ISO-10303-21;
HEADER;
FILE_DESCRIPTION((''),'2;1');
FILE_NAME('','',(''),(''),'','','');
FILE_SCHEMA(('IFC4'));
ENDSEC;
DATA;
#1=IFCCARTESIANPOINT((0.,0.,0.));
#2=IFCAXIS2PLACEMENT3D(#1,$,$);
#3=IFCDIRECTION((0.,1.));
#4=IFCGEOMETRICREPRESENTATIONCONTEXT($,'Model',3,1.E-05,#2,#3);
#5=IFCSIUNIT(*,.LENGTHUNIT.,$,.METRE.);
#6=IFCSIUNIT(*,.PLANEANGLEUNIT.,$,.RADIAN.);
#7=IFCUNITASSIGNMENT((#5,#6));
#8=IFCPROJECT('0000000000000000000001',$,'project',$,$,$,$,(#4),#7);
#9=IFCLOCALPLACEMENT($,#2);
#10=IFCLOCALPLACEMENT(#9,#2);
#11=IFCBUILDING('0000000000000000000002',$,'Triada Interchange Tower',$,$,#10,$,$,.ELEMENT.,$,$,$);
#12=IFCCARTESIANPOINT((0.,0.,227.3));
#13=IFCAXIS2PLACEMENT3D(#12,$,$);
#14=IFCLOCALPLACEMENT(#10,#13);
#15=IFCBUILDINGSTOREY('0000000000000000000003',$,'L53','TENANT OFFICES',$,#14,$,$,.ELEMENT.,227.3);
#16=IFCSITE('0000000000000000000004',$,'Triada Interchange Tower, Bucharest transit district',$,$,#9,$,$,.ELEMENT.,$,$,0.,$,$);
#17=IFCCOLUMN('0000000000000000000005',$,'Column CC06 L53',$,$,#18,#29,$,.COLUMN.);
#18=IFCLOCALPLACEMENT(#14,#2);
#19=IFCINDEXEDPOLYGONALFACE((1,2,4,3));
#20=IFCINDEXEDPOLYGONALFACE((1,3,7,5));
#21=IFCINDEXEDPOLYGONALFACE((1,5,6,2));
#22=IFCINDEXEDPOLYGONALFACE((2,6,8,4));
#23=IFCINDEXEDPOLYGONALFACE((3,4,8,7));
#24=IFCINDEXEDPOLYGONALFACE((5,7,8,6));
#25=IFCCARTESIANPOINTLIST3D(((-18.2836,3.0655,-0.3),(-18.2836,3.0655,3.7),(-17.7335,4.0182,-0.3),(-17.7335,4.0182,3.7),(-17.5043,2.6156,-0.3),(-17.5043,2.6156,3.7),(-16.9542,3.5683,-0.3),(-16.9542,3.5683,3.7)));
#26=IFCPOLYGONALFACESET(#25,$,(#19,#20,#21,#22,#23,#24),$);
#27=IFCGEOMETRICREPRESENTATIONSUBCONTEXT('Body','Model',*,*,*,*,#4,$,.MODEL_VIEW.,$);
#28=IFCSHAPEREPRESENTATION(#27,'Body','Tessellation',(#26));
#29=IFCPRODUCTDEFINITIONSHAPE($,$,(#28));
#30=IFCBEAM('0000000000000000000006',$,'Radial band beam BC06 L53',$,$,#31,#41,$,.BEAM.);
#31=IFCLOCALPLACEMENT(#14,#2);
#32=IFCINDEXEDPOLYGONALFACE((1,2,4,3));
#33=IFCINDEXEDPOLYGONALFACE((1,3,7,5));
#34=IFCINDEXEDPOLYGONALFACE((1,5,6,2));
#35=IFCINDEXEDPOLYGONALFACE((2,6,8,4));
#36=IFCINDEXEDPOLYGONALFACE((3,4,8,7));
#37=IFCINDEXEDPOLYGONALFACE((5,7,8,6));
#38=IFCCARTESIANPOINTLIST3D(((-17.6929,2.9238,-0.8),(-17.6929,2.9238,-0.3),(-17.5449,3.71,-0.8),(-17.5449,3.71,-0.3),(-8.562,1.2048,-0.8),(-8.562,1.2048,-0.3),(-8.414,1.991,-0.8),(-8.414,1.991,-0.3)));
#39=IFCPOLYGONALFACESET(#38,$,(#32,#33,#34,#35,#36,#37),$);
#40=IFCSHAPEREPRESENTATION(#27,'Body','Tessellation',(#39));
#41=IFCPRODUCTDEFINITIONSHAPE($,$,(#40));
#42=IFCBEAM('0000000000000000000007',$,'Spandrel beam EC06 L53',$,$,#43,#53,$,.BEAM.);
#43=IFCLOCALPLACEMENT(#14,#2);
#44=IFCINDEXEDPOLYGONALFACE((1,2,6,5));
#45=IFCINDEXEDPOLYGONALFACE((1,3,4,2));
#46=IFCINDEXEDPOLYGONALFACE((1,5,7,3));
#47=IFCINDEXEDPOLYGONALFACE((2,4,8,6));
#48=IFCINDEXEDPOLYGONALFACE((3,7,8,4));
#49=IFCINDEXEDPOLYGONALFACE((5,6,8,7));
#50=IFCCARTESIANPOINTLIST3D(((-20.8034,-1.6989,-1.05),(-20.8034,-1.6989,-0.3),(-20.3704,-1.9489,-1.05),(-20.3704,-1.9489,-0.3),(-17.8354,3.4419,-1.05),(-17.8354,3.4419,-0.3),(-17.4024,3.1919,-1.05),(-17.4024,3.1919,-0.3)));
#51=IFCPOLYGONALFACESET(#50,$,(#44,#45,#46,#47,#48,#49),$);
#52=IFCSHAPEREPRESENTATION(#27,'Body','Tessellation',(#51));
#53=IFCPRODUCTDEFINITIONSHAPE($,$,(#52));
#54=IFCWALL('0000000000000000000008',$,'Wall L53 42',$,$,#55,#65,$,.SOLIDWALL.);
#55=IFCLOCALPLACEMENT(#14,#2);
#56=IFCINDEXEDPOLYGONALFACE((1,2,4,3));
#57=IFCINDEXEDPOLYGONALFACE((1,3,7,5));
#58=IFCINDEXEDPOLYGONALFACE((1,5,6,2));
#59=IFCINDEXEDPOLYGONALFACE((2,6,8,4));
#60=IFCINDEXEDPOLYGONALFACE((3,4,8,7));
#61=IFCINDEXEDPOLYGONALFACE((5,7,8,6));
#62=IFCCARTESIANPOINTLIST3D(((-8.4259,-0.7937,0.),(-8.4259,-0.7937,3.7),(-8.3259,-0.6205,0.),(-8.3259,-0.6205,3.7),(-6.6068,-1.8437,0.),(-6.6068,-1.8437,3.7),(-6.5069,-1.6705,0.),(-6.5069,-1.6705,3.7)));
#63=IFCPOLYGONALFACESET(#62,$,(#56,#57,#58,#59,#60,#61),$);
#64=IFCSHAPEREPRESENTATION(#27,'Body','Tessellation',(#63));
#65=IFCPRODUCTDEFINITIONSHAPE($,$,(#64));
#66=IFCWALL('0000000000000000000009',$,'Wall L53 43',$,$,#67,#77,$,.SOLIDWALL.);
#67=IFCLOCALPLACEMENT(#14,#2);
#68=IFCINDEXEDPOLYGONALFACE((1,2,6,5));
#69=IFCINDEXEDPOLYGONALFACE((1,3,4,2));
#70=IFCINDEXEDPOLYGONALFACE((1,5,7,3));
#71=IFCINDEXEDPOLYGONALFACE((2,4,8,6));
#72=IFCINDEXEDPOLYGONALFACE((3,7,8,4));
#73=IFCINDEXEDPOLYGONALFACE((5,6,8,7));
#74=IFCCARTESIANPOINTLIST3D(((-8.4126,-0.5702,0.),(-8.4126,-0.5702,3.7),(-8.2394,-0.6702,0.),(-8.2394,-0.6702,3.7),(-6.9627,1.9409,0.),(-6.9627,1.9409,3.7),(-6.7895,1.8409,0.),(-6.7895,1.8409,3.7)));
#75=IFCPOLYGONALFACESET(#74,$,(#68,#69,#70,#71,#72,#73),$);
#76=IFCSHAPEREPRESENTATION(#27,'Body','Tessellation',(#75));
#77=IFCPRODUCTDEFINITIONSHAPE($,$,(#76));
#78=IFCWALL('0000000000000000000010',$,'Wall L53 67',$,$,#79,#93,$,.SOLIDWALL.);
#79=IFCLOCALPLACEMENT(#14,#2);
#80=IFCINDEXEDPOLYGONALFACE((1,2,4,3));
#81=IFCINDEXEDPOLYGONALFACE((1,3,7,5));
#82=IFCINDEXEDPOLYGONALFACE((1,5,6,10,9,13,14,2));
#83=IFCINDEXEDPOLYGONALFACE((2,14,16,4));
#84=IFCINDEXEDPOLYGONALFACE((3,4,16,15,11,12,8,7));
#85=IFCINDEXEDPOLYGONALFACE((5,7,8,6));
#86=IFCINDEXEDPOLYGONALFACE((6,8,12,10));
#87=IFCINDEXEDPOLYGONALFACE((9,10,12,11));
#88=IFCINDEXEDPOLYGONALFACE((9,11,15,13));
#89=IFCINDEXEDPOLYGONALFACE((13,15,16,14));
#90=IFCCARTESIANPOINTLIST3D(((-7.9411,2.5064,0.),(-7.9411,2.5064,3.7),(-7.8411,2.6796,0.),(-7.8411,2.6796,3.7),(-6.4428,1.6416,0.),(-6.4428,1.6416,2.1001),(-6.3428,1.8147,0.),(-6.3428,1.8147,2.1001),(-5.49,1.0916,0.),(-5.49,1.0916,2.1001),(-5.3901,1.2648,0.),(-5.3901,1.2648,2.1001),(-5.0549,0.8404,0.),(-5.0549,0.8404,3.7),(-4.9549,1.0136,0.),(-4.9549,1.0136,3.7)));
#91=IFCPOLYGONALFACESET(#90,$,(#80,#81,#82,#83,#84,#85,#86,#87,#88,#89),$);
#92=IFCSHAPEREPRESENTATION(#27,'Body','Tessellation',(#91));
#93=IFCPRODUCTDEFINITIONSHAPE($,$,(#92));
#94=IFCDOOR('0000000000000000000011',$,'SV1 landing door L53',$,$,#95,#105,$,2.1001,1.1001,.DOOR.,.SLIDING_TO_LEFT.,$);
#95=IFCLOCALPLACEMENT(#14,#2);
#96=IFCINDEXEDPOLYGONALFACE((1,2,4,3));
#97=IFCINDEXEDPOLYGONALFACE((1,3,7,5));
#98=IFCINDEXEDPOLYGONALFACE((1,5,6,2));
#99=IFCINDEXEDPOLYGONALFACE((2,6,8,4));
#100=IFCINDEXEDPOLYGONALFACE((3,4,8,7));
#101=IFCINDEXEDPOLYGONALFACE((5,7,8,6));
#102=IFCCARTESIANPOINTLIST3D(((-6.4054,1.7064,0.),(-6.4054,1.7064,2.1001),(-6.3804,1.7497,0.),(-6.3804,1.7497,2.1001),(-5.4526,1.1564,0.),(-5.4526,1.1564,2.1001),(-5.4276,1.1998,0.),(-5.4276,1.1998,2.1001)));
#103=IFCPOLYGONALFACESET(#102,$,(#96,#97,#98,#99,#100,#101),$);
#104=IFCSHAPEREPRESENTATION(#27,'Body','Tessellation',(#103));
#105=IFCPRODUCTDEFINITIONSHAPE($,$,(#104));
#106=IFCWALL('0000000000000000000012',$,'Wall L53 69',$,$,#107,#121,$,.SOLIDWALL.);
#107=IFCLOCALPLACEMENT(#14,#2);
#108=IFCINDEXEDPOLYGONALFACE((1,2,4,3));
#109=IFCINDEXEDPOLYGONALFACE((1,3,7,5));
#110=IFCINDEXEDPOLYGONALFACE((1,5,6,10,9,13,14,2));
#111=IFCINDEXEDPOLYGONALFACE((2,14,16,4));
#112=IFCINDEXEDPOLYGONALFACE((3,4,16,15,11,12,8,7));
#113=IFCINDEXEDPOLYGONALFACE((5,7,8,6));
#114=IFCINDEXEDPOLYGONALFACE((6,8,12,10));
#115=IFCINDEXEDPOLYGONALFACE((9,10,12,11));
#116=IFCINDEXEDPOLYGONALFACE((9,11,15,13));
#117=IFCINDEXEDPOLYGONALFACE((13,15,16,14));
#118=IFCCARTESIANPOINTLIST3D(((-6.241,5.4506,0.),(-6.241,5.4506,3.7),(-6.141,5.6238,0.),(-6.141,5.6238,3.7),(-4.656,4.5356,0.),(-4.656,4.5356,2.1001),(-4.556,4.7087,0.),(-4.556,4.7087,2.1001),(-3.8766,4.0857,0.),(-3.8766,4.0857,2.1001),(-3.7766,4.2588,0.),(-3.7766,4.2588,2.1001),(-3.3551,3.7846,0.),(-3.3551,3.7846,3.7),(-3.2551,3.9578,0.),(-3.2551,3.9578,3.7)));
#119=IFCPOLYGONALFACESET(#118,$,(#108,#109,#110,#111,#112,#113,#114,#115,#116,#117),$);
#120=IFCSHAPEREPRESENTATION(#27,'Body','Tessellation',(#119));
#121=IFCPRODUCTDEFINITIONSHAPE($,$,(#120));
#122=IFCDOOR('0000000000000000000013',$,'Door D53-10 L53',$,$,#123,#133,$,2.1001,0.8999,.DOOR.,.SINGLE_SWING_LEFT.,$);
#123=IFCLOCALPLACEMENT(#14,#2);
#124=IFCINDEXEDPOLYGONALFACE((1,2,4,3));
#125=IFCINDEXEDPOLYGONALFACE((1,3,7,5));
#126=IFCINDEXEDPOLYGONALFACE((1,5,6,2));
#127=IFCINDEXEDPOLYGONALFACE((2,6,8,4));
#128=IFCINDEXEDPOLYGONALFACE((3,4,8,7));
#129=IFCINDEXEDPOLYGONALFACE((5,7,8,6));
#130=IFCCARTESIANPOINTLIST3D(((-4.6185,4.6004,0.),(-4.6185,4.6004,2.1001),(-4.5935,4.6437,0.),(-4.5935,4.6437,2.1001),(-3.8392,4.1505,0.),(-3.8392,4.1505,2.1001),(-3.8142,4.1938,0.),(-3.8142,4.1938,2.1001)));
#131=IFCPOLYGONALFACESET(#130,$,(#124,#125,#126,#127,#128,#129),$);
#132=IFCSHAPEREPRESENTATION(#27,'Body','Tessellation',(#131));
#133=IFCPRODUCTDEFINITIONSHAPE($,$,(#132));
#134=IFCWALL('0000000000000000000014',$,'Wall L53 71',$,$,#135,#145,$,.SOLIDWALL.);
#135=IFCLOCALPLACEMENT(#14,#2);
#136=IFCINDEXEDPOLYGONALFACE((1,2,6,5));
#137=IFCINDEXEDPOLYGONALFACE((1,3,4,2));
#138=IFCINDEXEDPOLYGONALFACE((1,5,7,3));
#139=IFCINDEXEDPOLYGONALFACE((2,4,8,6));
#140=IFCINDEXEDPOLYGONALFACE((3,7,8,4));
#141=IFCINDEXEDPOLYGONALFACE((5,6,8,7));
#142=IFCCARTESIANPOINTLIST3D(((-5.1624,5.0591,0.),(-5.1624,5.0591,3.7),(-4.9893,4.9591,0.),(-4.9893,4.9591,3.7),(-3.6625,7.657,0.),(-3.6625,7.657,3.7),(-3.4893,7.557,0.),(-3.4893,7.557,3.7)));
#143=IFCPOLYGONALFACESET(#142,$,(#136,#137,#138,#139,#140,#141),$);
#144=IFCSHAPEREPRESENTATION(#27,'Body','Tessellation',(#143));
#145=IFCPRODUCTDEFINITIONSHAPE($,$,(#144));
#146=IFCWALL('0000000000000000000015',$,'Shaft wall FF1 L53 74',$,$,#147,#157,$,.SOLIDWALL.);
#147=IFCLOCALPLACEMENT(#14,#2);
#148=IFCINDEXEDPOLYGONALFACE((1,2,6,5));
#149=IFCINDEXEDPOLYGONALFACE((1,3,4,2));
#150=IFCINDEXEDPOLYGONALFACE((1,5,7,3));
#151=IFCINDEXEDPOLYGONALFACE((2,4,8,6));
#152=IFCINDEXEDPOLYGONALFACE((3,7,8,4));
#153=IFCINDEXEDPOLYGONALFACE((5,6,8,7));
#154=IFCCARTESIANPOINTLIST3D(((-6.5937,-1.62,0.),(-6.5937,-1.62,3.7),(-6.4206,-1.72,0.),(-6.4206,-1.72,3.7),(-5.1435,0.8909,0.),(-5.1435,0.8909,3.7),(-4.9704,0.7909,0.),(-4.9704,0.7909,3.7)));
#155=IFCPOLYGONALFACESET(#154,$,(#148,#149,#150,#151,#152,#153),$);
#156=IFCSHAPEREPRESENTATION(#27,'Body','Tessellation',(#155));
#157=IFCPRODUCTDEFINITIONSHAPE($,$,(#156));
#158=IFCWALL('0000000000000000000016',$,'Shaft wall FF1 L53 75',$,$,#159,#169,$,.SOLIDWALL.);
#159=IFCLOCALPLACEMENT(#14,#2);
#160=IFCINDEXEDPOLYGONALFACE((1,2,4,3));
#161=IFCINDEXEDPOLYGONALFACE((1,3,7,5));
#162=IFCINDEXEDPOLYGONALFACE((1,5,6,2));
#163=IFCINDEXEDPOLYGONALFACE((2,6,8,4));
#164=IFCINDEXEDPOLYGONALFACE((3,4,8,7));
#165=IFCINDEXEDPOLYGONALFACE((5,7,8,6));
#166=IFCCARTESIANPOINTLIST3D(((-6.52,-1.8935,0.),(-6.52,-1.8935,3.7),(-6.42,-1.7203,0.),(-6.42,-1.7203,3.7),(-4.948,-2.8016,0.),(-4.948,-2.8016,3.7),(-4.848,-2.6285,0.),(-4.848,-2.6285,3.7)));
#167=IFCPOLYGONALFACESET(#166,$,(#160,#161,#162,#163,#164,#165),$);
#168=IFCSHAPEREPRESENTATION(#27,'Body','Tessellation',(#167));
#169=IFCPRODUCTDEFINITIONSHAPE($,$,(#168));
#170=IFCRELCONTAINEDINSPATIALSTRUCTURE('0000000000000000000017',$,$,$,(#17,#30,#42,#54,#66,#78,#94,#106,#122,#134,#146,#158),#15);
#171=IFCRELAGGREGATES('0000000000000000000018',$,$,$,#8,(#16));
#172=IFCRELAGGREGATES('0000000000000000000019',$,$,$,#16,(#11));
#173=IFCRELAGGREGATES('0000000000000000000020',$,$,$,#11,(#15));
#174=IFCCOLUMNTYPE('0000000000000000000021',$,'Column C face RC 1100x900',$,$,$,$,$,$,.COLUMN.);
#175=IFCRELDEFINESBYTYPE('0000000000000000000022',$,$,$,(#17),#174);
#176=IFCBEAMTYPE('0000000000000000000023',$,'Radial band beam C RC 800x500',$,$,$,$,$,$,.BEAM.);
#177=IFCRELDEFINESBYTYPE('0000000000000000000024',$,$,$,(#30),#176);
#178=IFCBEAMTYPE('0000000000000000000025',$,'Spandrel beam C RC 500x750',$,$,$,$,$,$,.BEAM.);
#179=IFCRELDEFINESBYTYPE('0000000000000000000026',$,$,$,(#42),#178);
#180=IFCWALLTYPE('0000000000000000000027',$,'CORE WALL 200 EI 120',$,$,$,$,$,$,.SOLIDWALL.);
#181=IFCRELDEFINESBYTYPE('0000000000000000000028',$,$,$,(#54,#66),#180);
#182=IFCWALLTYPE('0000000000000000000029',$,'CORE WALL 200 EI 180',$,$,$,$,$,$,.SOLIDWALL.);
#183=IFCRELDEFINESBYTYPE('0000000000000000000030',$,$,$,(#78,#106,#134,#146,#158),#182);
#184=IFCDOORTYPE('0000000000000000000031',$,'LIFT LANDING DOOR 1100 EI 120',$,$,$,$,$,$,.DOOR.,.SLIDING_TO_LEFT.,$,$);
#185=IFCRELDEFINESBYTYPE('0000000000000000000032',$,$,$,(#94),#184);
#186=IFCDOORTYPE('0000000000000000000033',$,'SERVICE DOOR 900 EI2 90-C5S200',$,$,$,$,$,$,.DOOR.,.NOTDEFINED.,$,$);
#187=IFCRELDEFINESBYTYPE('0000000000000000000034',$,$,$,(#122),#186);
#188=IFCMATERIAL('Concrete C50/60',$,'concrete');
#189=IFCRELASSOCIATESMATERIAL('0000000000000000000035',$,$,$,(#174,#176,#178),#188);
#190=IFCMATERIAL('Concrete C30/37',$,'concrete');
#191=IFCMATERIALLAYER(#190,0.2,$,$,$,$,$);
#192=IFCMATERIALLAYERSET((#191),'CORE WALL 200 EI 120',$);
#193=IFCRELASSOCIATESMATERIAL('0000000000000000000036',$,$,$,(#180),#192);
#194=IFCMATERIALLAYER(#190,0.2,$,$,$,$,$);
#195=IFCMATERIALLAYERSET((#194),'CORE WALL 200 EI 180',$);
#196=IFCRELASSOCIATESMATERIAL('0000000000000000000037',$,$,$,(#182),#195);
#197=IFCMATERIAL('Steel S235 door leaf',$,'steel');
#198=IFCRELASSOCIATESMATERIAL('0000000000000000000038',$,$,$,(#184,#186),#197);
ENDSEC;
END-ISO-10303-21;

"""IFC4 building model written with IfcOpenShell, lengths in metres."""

from ifc_helpers import new_model, si_unit, direction, frame, frame_2d, origin, origin_2d, place, context, subcontext, project, spatial, rectangle, extrude, material, layer, layer_set, material_profile, profile_set, type_object, element, fill, save


model = new_model("IFC4")

# Units and contexts
model_context = context("Model", 3, precision=1e-05, world=origin(), true_north=direction((0.0, 1.0)))
body_context = subcontext(model_context, "Body", "Model", "MODEL_VIEW")
ifc_project = project(units=[si_unit("LENGTHUNIT", "METRE"), si_unit("PLANEANGLEUNIT", "RADIAN")], contexts=[model_context])

# Site, building, storey
site_placement = place(None, origin())
site = spatial("IfcSite", under=ifc_project, at=site_placement, Name="Triada Interchange Tower, Bucharest transit district", CompositionType="ELEMENT", RefElevation=0.0)
building_placement = place(site_placement, origin())
building = spatial("IfcBuilding", under=site, at=building_placement, Name="Triada Interchange Tower", CompositionType="ELEMENT")
storey_placement = place(building_placement, frame((0.0, 0.0, 227.3)))
storey = spatial("IfcBuildingStorey", under=building, at=storey_placement, Name="L53", Description="TENANT OFFICES", CompositionType="ELEMENT", Elevation=227.3)

# Column
ifc_material_1 = material(Name="Concrete C50/60", Category="concrete")
ifc_material_profile_1 = material_profile(ifc_material_1, rectangle(XDim=1.1001, YDim=0.8999, at=origin_2d()), Name="RC 1100x900")
ifc_profile_set_1 = profile_set([ifc_material_profile_1], Name="Concrete C50/60")
column_type = type_object("IfcColumnType", Name="Column C face RC 1100x900", PredefinedType="COLUMN", material=ifc_profile_set_1)
column_placement = place(storey_placement, frame((-17.6189, 3.3169, -0.3), z_axis=(0.0, 0.0, 1.0), x_axis=(0.5, 0.866025, 0.0)))
element("IfcColumn", 1, at=column_placement, inside=storey, type_object=column_type, Name="Column CC06 L53", PredefinedType="COLUMN", context=body_context, shape_type="SweptSolid", body=[
    extrude(rectangle(XDim=1.1001, YDim=0.8999, at=origin_2d()), origin(), (0.0, 0.0, 1.0), 4.0),
])

# Beams
ifc_material_profile_2 = material_profile(ifc_material_1, rectangle(XDim=0.8, YDim=0.5, at=origin_2d()), Name="RC 800x500")
ifc_profile_set_2 = profile_set([ifc_material_profile_2], Name="Concrete C50/60")
beam_type_1 = type_object("IfcBeamType", Name="Radial band beam C RC 800x500", PredefinedType="BEAM", material=ifc_profile_set_2)
beam_1_placement = place(storey_placement, frame((-17.6189, 3.3169, -0.55), z_axis=(0.982736, -0.185012, 0.0), x_axis=(0.185012, 0.982736, 0.0)))
element("IfcBeam", 2, at=beam_1_placement, inside=storey, type_object=beam_type_1, Name="Radial band beam BC06 L53", PredefinedType="BEAM", context=body_context, shape_type="SweptSolid", body=[
    extrude(rectangle(XDim=0.8, YDim=0.5, at=origin_2d()), origin(), (0.0, 0.0, 1.0), 9.2913),
])
ifc_material_profile_3 = material_profile(ifc_material_1, rectangle(XDim=0.5, YDim=0.75, at=origin_2d()), Name="RC 500x750")
ifc_profile_set_3 = profile_set([ifc_material_profile_3], Name="Concrete C50/60")
beam_type_2 = type_object("IfcBeamType", Name="Spandrel beam C RC 500x750", PredefinedType="BEAM", material=ifc_profile_set_3)
beam_2_placement = place(storey_placement, frame((-17.6189, 3.3169, -0.675), z_axis=(-0.499992, -0.86603, 0.0), x_axis=(0.86603, -0.499992, 0.0)))
element("IfcBeam", 3, at=beam_2_placement, inside=storey, type_object=beam_type_2, Name="Spandrel beam EC06 L53", PredefinedType="BEAM", context=body_context, shape_type="SweptSolid", body=[
    extrude(rectangle(XDim=0.5, YDim=0.75, at=origin_2d()), origin(), (0.0, 0.0, 1.0), 5.936),
])

# Walls
ifc_material_2 = material(Name="Concrete C30/37", Category="concrete")
ifc_layer_1 = layer(ifc_material_2, 0.2)
ifc_layer_set_1 = layer_set([ifc_layer_1], Name="CORE WALL 200 EI 120")
wall_type_1 = type_object("IfcWallType", Name="CORE WALL 200 EI 120", PredefinedType="SOLIDWALL", material=ifc_layer_set_1)
wall_1_placement = place(storey_placement, frame((-8.376, -0.707, 0.0), z_axis=(0.0, 0.0, 1.0), x_axis=(0.866068, -0.499927, 0.0)))
element("IfcWall", 4, at=wall_1_placement, inside=storey, type_object=wall_type_1, Name="Wall L53 42", PredefinedType="SOLIDWALL", context=body_context, shape_type="SweptSolid", body=[
    extrude(rectangle(XDim=2.1003, YDim=0.2, at=frame_2d((1.0503, 0.0))), origin(), (0.0, 0.0, 1.0), 3.7),
])
wall_2_placement = place(storey_placement, frame((-8.3259, -0.6201, 0.0), z_axis=(0.0, 0.0, 1.0), x_axis=(0.500024, 0.866012, 0.0)))
element("IfcWall", 5, at=wall_2_placement, inside=storey, type_object=wall_type_1, Name="Wall L53 43", PredefinedType="SOLIDWALL", context=body_context, shape_type="SweptSolid", body=[
    extrude(rectangle(XDim=2.8997, YDim=0.2, at=frame_2d((1.4497, 0.0))), origin(), (0.0, 0.0, 1.0), 3.7),
])

# Walls, openings, doors
ifc_layer_2 = layer(ifc_material_2, 0.2)
ifc_layer_set_2 = layer_set([ifc_layer_2], Name="CORE WALL 200 EI 180")
wall_type_2 = type_object("IfcWallType", Name="CORE WALL 200 EI 180", PredefinedType="SOLIDWALL", material=ifc_layer_set_2)
wall_3_placement = place(storey_placement, frame((-7.8911, 2.593, 0.0), z_axis=(0.0, 0.0, 1.0), x_axis=(0.866071, -0.499921, 0.0)))
wall_3 = element("IfcWall", 6, at=wall_3_placement, inside=storey, type_object=wall_type_2, Name="Wall L53 67", PredefinedType="SOLIDWALL", context=body_context, shape_type="SweptSolid", body=[
    extrude(rectangle(XDim=3.3325, YDim=0.2, at=frame_2d((1.6663, 0.0))), origin(), (0.0, 0.0, 1.0), 3.7),
])
opening_1_placement = place(wall_3_placement, frame((1.73, 0.0, 0.0)))
opening_1 = element("IfcOpeningElement", 7, at=opening_1_placement, cuts=wall_3, PredefinedType="OPENING", context=body_context, shape_type="SweptSolid", body=[
    extrude(rectangle(XDim=1.1001, YDim=2.1001, at=frame_2d((0.55, 1.05))), frame((0.0, 0.1099, 0.0), z_axis=(0.0, -1.0, 0.0), x_axis=(1.0, 0.0, 0.0)), (0.0, 0.0, 1.0), 0.22),
])
ifc_material_3 = material(Name="Steel S235 door leaf", Category="steel")
door_type_1 = type_object("IfcDoorType", Name="LIFT LANDING DOOR 1100 EI 120", OperationType="SLIDING_TO_LEFT", PredefinedType="DOOR", material=ifc_material_3)
door_1_placement = place(opening_1_placement, origin())
door_1 = element("IfcDoor", 8, at=door_1_placement, inside=storey, type_object=door_type_1, Name="SV1 landing door L53", OperationType="SLIDING_TO_LEFT", OverallHeight=2.1001, OverallWidth=1.1001, PredefinedType="DOOR", context=body_context, shape_type="SweptSolid", body=[
    extrude(rectangle(XDim=1.1001, YDim=2.1001, at=frame_2d((0.55, 1.05))), frame((0.0, 0.0249, 0.0), z_axis=(0.0, -1.0, 0.0), x_axis=(1.0, 0.0, 0.0)), (0.0, 0.0, 1.0), 0.05),
])
fill(opening_1, door_1)
wall_4_placement = place(storey_placement, frame((-6.1909, 5.5371, 0.0), z_axis=(0.0, 0.0, 1.0), x_axis=(0.866053, -0.499953, 0.0)))
wall_4 = element("IfcWall", 9, at=wall_4_placement, inside=storey, type_object=wall_type_2, Name="Wall L53 69", PredefinedType="SOLIDWALL", context=body_context, shape_type="SweptSolid", body=[
    extrude(rectangle(XDim=3.3323, YDim=0.2, at=frame_2d((1.666, 0.0))), origin(), (0.0, 0.0, 1.0), 3.7),
])
opening_2_placement = place(wall_4_placement, frame((1.8301, 0.0, 0.0)))
opening_2 = element("IfcOpeningElement", 10, at=opening_2_placement, cuts=wall_4, PredefinedType="OPENING", context=body_context, shape_type="SweptSolid", body=[
    extrude(rectangle(XDim=0.8999, YDim=2.1001, at=frame_2d((0.45, 1.05))), frame((0.0, 0.1099, 0.0), z_axis=(0.0, -1.0, 0.0), x_axis=(1.0, 0.0, 0.0)), (0.0, 0.0, 1.0), 0.22),
])
door_type_2 = type_object("IfcDoorType", Name="SERVICE DOOR 900 EI2 90-C5S200", OperationType="NOTDEFINED", PredefinedType="DOOR", material=ifc_material_3)
door_2_placement = place(opening_2_placement, origin())
door_2 = element("IfcDoor", 11, at=door_2_placement, inside=storey, type_object=door_type_2, Name="Door D53-10 L53", OperationType="SINGLE_SWING_LEFT", OverallHeight=2.1001, OverallWidth=0.8999, PredefinedType="DOOR", context=body_context, shape_type="SweptSolid", body=[
    extrude(rectangle(XDim=0.8999, YDim=2.1001, at=frame_2d((0.45, 1.05))), frame((0.0, 0.0249, 0.0), z_axis=(0.0, -1.0, 0.0), x_axis=(1.0, 0.0, 0.0)), (0.0, 0.0, 1.0), 0.05),
])
fill(opening_2, door_2)

# Walls
wall_5_placement = place(storey_placement, frame((-5.0759, 5.009, 0.0), z_axis=(0.0, 0.0, 1.0), x_axis=(0.500025, 0.866011, 0.0)))
element("IfcWall", 12, at=wall_5_placement, inside=storey, type_object=wall_type_2, Name="Wall L53 71", PredefinedType="SOLIDWALL", context=body_context, shape_type="SweptSolid", body=[
    extrude(rectangle(XDim=2.9998, YDim=0.2, at=frame_2d((1.5, 0.0))), origin(), (0.0, 0.0, 1.0), 3.7),
])
wall_6_placement = place(storey_placement, frame((-6.5071, -1.6699, 0.0), z_axis=(0.0, 0.0, 1.0), x_axis=(0.500123, 0.865954, 0.0)))
element("IfcWall", 13, at=wall_6_placement, inside=storey, type_object=wall_type_2, Name="Shaft wall FF1 L53 74", PredefinedType="SOLIDWALL", context=body_context, shape_type="SweptSolid", body=[
    extrude(rectangle(XDim=2.8997, YDim=0.2, at=frame_2d((1.4497, 0.0))), origin(), (0.0, 0.0, 1.0), 3.7),
])
wall_7_placement = place(storey_placement, frame((-6.47, -1.8069, 0.0), z_axis=(0.0, 0.0, 1.0), x_axis=(0.865883, -0.500246, 0.0)))
element("IfcWall", 14, at=wall_7_placement, inside=storey, type_object=wall_type_2, Name="Shaft wall FF1 L53 75", PredefinedType="SOLIDWALL", context=body_context, shape_type="SweptSolid", body=[
    extrude(rectangle(XDim=1.8154, YDim=0.2, at=frame_2d((0.9077, 0.0))), origin(), (0.0, 0.0, 1.0), 3.7),
])

save(model, "model.ifc")
